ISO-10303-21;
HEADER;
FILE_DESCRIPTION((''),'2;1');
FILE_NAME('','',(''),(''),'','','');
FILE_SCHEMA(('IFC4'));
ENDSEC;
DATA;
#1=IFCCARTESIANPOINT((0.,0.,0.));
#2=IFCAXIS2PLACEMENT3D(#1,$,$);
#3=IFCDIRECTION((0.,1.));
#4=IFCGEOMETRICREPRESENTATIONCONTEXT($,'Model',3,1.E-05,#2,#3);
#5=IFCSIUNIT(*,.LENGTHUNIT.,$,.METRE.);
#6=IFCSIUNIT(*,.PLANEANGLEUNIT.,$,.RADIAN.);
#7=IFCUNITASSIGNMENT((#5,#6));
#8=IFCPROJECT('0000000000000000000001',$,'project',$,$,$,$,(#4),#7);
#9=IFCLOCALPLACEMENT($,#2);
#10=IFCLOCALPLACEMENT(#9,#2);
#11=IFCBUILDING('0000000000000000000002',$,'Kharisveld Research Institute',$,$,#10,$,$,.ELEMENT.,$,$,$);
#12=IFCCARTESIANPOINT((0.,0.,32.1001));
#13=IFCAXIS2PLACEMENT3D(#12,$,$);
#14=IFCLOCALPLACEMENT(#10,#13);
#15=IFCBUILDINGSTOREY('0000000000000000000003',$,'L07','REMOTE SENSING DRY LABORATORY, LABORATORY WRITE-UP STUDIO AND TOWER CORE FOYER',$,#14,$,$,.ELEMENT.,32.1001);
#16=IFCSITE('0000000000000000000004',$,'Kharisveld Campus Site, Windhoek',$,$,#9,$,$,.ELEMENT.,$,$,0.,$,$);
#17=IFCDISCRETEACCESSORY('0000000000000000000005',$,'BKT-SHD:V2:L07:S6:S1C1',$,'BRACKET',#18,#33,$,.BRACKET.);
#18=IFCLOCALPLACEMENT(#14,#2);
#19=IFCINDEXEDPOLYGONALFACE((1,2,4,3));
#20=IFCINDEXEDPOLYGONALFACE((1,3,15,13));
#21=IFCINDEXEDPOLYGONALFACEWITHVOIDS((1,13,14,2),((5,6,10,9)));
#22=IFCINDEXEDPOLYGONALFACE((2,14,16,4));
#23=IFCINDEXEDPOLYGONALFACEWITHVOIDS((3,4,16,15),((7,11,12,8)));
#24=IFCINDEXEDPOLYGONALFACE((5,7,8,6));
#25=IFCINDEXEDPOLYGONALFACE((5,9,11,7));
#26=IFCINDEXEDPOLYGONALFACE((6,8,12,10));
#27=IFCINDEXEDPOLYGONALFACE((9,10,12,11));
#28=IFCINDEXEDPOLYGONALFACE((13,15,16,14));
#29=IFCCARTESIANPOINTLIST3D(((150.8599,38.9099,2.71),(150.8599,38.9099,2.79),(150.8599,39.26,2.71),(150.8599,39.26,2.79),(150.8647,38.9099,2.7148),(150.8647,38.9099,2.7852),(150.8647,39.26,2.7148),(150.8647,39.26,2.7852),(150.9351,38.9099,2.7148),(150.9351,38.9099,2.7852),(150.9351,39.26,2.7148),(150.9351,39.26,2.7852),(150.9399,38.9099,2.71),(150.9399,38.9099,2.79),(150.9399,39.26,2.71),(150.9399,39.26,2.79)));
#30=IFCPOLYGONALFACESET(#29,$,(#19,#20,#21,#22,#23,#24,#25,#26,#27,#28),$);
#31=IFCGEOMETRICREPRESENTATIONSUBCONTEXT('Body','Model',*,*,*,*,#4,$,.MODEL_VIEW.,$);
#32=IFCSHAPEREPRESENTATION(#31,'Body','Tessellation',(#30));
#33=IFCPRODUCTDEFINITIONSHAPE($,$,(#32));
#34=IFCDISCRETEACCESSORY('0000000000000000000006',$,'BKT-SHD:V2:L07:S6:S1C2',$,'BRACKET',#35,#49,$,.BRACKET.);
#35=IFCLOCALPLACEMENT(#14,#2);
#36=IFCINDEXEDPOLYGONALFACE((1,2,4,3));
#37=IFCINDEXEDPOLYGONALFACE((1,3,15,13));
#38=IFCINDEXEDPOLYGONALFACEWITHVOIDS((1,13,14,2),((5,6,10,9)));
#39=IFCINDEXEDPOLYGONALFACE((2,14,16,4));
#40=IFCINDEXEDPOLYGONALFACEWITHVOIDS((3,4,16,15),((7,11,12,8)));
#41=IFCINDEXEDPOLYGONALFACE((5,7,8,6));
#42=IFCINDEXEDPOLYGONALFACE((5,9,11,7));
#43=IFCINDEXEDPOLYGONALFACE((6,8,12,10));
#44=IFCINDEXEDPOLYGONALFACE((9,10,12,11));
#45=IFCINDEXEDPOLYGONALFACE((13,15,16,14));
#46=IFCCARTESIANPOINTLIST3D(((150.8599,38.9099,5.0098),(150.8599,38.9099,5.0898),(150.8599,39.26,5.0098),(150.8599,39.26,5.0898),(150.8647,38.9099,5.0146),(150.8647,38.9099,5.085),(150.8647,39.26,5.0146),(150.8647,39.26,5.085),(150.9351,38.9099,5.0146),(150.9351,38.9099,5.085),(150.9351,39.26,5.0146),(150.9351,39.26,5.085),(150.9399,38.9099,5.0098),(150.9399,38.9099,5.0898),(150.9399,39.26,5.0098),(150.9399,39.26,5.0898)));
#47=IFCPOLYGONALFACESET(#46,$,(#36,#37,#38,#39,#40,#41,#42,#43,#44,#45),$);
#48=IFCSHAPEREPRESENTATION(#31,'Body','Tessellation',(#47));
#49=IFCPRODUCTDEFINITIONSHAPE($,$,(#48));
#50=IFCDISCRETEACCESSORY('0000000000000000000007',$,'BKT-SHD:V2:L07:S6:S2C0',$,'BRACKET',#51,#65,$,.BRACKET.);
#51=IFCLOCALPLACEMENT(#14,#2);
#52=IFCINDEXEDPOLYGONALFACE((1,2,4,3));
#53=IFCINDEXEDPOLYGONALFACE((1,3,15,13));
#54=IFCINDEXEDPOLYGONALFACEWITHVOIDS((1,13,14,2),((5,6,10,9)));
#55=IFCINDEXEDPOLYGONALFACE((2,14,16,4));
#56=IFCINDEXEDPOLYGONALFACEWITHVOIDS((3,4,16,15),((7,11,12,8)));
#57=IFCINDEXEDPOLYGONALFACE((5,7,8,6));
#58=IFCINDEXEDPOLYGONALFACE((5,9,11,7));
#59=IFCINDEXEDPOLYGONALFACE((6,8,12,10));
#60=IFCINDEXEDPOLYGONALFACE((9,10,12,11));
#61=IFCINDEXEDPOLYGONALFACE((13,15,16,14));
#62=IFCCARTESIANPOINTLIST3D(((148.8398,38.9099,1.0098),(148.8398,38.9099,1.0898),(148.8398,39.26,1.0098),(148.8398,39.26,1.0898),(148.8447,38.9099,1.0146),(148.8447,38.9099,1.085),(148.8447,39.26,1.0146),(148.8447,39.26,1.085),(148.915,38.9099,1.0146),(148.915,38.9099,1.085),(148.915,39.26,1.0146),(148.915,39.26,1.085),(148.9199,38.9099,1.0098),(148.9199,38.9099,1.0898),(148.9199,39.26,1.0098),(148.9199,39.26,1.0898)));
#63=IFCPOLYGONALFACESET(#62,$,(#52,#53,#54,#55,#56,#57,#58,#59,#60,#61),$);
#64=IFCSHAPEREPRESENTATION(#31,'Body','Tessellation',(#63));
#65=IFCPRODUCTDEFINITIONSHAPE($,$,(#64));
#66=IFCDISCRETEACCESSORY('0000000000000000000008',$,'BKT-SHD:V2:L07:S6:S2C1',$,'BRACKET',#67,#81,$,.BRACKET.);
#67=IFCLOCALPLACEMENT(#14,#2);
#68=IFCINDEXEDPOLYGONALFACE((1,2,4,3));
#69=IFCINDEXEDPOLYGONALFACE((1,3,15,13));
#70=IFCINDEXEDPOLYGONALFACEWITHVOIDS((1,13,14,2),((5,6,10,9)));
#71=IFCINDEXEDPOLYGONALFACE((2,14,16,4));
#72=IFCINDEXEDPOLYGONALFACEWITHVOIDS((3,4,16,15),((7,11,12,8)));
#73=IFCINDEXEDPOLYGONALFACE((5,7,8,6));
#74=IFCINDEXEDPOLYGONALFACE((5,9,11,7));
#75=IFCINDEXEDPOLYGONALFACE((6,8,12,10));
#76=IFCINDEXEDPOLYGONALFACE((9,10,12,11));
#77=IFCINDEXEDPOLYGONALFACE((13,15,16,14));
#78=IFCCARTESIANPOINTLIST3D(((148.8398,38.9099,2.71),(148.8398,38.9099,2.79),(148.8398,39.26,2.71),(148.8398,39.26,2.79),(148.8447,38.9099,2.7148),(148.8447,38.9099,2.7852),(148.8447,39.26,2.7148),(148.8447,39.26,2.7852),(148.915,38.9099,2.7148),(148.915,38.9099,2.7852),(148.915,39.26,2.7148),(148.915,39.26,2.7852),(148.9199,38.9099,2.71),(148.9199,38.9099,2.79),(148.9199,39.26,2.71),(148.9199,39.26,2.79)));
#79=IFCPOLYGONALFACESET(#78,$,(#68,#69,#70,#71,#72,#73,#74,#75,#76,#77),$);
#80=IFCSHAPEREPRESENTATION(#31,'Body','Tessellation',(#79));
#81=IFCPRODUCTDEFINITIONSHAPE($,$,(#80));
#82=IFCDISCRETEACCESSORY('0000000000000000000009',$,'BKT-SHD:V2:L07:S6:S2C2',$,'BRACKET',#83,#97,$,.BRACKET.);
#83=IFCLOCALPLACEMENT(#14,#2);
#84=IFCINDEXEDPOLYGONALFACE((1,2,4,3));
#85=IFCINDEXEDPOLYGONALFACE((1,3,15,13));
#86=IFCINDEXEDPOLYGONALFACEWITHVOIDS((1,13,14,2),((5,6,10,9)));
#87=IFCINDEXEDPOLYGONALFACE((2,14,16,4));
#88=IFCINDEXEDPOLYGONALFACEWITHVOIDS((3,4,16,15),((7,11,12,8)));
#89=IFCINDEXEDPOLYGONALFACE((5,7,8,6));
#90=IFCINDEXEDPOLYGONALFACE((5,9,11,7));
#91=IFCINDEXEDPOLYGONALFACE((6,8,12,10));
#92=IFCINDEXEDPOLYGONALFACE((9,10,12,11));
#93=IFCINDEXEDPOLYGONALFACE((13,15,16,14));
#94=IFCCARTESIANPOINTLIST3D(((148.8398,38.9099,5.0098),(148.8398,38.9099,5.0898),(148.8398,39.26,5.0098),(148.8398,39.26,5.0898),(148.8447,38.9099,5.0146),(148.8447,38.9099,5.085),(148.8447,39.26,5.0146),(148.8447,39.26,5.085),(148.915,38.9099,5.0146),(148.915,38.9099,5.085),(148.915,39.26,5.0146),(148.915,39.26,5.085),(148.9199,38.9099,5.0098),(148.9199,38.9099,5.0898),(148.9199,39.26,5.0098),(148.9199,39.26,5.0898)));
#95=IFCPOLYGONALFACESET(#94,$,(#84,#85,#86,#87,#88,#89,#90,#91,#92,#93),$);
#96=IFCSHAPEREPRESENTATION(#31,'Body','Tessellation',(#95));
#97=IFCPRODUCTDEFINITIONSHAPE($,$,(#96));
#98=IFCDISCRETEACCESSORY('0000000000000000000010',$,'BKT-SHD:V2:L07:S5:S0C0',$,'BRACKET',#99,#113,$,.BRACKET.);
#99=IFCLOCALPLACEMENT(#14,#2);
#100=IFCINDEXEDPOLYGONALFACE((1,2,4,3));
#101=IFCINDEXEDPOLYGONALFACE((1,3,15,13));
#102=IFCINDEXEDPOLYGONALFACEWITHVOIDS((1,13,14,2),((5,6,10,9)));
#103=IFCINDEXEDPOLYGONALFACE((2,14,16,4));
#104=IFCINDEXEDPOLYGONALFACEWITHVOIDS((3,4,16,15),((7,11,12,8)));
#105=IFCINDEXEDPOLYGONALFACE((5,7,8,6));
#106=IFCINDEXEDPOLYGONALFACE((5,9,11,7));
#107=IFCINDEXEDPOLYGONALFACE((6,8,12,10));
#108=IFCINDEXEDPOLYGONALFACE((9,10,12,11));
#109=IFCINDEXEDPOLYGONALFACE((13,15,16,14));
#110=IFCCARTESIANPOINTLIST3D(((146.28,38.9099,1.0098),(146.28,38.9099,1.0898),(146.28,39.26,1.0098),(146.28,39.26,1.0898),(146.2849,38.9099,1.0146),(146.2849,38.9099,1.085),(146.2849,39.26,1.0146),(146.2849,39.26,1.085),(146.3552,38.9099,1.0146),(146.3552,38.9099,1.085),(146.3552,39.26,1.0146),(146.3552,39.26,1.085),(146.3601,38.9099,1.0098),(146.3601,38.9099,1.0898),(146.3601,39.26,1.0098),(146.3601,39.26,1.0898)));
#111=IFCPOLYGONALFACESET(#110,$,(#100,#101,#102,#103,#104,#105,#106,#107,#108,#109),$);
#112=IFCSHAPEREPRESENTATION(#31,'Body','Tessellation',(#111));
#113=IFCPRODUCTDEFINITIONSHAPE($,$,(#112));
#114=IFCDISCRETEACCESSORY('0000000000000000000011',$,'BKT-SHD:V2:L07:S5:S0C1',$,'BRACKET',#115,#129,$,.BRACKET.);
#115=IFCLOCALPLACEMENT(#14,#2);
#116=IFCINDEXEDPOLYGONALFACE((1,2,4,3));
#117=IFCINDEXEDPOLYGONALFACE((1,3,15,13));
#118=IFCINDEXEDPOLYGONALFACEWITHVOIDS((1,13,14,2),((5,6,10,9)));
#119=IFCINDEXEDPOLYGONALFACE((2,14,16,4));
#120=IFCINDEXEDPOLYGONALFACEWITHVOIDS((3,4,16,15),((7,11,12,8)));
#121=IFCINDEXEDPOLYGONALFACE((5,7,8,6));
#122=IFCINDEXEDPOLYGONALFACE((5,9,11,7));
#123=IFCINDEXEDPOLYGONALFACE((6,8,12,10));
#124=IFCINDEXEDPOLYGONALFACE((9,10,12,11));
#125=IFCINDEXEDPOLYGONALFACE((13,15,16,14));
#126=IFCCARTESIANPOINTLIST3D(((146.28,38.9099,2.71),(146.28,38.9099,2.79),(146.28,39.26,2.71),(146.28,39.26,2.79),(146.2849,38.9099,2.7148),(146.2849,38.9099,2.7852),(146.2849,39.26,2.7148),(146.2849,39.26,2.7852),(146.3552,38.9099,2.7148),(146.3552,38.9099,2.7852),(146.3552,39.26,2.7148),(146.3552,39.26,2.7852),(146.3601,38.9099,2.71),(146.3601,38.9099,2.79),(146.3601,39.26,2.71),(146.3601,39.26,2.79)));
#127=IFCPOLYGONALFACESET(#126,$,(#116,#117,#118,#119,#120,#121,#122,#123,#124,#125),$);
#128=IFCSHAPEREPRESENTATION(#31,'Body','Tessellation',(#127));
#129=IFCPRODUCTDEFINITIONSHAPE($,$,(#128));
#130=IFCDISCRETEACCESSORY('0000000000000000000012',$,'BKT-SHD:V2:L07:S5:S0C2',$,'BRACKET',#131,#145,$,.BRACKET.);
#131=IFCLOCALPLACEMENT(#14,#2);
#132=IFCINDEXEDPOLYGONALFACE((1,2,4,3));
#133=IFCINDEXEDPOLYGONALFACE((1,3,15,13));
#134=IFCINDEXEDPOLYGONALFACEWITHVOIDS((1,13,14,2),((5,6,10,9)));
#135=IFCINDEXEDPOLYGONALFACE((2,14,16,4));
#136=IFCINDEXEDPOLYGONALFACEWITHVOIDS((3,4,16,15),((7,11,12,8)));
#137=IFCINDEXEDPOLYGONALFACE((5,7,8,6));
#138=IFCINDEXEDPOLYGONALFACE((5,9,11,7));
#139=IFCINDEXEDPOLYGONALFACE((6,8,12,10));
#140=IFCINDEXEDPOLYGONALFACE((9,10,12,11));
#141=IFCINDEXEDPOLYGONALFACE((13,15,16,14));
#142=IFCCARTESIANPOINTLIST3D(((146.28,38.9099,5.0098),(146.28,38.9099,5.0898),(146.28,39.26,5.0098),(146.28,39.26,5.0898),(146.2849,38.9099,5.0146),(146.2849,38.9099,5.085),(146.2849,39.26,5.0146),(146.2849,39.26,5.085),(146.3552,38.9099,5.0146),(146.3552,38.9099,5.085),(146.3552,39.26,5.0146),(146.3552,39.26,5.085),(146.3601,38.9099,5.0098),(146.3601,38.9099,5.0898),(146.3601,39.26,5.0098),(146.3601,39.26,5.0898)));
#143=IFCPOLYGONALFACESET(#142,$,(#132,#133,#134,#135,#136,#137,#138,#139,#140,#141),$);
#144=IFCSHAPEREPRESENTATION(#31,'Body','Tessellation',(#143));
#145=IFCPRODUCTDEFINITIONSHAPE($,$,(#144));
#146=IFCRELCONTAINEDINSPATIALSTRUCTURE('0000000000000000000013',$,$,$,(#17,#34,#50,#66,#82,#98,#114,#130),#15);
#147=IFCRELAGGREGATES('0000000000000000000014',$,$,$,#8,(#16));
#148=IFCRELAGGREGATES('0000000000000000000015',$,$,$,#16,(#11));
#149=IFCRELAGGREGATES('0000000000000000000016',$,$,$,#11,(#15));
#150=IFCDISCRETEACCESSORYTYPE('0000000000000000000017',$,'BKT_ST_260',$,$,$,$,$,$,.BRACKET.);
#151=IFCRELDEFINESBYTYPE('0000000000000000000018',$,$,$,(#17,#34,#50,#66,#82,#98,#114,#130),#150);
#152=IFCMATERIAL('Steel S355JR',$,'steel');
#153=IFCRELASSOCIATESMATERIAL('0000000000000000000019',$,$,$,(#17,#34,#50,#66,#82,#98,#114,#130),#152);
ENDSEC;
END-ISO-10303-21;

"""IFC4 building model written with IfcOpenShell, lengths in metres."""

from ifc_helpers import new_model, si_unit, direction, frame, origin, origin_2d, place, context, subcontext, project, spatial, hollow_rectangle, extrude, material, type_object, element, save


model = new_model("IFC4")

# Units and contexts
model_context = context("Model", 3, precision=1e-05, world=origin(), true_north=direction((0.0, 1.0)))
body_context = subcontext(model_context, "Body", "Model", "MODEL_VIEW")
ifc_project = project(units=[si_unit("LENGTHUNIT", "METRE"), si_unit("PLANEANGLEUNIT", "RADIAN")], contexts=[model_context])

# Site, building, storey
site_placement = place(None, origin())
site = spatial("IfcSite", under=ifc_project, at=site_placement, Name="Kharisveld Campus Site, Windhoek", CompositionType="ELEMENT", RefElevation=0.0)
building_placement = place(site_placement, origin())
building = spatial("IfcBuilding", under=site, at=building_placement, Name="Kharisveld Research Institute", CompositionType="ELEMENT")
storey_placement = place(building_placement, frame((0.0, 0.0, 32.1001)))
storey = spatial("IfcBuildingStorey", under=building, at=storey_placement, Name="L07", Description="REMOTE SENSING DRY LABORATORY, LABORATORY WRITE-UP STUDIO AND TOWER CORE FOYER", CompositionType="ELEMENT", Elevation=32.1001)

# Discrete accessories
ifc_material_1 = material(Name="Steel S355JR", Category="steel")
discrete_accessory_type = type_object("IfcDiscreteAccessoryType", Name="BKT_ST_260", PredefinedType="BRACKET")
for number, where, z_axis, x_axis, name in (
    (1, (150.8999, 39.26, 2.75), (0.0, -1.0, 0.0), (1.0, 0.0, 0.0), "BKT-SHD:V2:L07:S6:S1C1"),
    (2, (150.8999, 39.26, 5.0498), (0.0, -1.0, 0.0), (1.0, 0.0, 0.0), "BKT-SHD:V2:L07:S6:S1C2"),
    (3, (148.8799, 39.26, 1.0498), (0.0, -1.0, 0.0), (1.0, 0.0, 0.0), "BKT-SHD:V2:L07:S6:S2C0"),
    (4, (148.8799, 39.26, 2.75), (0.0, -1.0, 0.0), (1.0, 0.0, 0.0), "BKT-SHD:V2:L07:S6:S2C1"),
    (5, (148.8799, 39.26, 5.0498), (0.0, -1.0, 0.0), (1.0, 0.0, 0.0), "BKT-SHD:V2:L07:S6:S2C2"),
    (6, (146.3201, 39.26, 1.0498), (0.0, -1.0, 0.0), (1.0, 0.0, 0.0), "BKT-SHD:V2:L07:S5:S0C0"),
    (7, (146.3201, 39.26, 2.75), (0.0, -1.0, 0.0), (1.0, 0.0, 0.0), "BKT-SHD:V2:L07:S5:S0C1"),
    (8, (146.3201, 39.26, 5.0498), (0.0, -1.0, 0.0), (1.0, 0.0, 0.0), "BKT-SHD:V2:L07:S5:S0C2"),
):
    element("IfcDiscreteAccessory", number, at=place(storey_placement, frame(where, z_axis=z_axis, x_axis=x_axis)), inside=storey, type_object=discrete_accessory_type, material=ifc_material_1, Name=name, ObjectType="BRACKET", PredefinedType="BRACKET", context=body_context, shape_type="SweptSolid", body=[
        extrude(hollow_rectangle(XDim=0.0801, YDim=0.0801, WallThickness=0.0049, at=origin_2d()), origin(), (0.0, 0.0, 1.0), 0.3501),
    ])

save(model, "model.ifc")
